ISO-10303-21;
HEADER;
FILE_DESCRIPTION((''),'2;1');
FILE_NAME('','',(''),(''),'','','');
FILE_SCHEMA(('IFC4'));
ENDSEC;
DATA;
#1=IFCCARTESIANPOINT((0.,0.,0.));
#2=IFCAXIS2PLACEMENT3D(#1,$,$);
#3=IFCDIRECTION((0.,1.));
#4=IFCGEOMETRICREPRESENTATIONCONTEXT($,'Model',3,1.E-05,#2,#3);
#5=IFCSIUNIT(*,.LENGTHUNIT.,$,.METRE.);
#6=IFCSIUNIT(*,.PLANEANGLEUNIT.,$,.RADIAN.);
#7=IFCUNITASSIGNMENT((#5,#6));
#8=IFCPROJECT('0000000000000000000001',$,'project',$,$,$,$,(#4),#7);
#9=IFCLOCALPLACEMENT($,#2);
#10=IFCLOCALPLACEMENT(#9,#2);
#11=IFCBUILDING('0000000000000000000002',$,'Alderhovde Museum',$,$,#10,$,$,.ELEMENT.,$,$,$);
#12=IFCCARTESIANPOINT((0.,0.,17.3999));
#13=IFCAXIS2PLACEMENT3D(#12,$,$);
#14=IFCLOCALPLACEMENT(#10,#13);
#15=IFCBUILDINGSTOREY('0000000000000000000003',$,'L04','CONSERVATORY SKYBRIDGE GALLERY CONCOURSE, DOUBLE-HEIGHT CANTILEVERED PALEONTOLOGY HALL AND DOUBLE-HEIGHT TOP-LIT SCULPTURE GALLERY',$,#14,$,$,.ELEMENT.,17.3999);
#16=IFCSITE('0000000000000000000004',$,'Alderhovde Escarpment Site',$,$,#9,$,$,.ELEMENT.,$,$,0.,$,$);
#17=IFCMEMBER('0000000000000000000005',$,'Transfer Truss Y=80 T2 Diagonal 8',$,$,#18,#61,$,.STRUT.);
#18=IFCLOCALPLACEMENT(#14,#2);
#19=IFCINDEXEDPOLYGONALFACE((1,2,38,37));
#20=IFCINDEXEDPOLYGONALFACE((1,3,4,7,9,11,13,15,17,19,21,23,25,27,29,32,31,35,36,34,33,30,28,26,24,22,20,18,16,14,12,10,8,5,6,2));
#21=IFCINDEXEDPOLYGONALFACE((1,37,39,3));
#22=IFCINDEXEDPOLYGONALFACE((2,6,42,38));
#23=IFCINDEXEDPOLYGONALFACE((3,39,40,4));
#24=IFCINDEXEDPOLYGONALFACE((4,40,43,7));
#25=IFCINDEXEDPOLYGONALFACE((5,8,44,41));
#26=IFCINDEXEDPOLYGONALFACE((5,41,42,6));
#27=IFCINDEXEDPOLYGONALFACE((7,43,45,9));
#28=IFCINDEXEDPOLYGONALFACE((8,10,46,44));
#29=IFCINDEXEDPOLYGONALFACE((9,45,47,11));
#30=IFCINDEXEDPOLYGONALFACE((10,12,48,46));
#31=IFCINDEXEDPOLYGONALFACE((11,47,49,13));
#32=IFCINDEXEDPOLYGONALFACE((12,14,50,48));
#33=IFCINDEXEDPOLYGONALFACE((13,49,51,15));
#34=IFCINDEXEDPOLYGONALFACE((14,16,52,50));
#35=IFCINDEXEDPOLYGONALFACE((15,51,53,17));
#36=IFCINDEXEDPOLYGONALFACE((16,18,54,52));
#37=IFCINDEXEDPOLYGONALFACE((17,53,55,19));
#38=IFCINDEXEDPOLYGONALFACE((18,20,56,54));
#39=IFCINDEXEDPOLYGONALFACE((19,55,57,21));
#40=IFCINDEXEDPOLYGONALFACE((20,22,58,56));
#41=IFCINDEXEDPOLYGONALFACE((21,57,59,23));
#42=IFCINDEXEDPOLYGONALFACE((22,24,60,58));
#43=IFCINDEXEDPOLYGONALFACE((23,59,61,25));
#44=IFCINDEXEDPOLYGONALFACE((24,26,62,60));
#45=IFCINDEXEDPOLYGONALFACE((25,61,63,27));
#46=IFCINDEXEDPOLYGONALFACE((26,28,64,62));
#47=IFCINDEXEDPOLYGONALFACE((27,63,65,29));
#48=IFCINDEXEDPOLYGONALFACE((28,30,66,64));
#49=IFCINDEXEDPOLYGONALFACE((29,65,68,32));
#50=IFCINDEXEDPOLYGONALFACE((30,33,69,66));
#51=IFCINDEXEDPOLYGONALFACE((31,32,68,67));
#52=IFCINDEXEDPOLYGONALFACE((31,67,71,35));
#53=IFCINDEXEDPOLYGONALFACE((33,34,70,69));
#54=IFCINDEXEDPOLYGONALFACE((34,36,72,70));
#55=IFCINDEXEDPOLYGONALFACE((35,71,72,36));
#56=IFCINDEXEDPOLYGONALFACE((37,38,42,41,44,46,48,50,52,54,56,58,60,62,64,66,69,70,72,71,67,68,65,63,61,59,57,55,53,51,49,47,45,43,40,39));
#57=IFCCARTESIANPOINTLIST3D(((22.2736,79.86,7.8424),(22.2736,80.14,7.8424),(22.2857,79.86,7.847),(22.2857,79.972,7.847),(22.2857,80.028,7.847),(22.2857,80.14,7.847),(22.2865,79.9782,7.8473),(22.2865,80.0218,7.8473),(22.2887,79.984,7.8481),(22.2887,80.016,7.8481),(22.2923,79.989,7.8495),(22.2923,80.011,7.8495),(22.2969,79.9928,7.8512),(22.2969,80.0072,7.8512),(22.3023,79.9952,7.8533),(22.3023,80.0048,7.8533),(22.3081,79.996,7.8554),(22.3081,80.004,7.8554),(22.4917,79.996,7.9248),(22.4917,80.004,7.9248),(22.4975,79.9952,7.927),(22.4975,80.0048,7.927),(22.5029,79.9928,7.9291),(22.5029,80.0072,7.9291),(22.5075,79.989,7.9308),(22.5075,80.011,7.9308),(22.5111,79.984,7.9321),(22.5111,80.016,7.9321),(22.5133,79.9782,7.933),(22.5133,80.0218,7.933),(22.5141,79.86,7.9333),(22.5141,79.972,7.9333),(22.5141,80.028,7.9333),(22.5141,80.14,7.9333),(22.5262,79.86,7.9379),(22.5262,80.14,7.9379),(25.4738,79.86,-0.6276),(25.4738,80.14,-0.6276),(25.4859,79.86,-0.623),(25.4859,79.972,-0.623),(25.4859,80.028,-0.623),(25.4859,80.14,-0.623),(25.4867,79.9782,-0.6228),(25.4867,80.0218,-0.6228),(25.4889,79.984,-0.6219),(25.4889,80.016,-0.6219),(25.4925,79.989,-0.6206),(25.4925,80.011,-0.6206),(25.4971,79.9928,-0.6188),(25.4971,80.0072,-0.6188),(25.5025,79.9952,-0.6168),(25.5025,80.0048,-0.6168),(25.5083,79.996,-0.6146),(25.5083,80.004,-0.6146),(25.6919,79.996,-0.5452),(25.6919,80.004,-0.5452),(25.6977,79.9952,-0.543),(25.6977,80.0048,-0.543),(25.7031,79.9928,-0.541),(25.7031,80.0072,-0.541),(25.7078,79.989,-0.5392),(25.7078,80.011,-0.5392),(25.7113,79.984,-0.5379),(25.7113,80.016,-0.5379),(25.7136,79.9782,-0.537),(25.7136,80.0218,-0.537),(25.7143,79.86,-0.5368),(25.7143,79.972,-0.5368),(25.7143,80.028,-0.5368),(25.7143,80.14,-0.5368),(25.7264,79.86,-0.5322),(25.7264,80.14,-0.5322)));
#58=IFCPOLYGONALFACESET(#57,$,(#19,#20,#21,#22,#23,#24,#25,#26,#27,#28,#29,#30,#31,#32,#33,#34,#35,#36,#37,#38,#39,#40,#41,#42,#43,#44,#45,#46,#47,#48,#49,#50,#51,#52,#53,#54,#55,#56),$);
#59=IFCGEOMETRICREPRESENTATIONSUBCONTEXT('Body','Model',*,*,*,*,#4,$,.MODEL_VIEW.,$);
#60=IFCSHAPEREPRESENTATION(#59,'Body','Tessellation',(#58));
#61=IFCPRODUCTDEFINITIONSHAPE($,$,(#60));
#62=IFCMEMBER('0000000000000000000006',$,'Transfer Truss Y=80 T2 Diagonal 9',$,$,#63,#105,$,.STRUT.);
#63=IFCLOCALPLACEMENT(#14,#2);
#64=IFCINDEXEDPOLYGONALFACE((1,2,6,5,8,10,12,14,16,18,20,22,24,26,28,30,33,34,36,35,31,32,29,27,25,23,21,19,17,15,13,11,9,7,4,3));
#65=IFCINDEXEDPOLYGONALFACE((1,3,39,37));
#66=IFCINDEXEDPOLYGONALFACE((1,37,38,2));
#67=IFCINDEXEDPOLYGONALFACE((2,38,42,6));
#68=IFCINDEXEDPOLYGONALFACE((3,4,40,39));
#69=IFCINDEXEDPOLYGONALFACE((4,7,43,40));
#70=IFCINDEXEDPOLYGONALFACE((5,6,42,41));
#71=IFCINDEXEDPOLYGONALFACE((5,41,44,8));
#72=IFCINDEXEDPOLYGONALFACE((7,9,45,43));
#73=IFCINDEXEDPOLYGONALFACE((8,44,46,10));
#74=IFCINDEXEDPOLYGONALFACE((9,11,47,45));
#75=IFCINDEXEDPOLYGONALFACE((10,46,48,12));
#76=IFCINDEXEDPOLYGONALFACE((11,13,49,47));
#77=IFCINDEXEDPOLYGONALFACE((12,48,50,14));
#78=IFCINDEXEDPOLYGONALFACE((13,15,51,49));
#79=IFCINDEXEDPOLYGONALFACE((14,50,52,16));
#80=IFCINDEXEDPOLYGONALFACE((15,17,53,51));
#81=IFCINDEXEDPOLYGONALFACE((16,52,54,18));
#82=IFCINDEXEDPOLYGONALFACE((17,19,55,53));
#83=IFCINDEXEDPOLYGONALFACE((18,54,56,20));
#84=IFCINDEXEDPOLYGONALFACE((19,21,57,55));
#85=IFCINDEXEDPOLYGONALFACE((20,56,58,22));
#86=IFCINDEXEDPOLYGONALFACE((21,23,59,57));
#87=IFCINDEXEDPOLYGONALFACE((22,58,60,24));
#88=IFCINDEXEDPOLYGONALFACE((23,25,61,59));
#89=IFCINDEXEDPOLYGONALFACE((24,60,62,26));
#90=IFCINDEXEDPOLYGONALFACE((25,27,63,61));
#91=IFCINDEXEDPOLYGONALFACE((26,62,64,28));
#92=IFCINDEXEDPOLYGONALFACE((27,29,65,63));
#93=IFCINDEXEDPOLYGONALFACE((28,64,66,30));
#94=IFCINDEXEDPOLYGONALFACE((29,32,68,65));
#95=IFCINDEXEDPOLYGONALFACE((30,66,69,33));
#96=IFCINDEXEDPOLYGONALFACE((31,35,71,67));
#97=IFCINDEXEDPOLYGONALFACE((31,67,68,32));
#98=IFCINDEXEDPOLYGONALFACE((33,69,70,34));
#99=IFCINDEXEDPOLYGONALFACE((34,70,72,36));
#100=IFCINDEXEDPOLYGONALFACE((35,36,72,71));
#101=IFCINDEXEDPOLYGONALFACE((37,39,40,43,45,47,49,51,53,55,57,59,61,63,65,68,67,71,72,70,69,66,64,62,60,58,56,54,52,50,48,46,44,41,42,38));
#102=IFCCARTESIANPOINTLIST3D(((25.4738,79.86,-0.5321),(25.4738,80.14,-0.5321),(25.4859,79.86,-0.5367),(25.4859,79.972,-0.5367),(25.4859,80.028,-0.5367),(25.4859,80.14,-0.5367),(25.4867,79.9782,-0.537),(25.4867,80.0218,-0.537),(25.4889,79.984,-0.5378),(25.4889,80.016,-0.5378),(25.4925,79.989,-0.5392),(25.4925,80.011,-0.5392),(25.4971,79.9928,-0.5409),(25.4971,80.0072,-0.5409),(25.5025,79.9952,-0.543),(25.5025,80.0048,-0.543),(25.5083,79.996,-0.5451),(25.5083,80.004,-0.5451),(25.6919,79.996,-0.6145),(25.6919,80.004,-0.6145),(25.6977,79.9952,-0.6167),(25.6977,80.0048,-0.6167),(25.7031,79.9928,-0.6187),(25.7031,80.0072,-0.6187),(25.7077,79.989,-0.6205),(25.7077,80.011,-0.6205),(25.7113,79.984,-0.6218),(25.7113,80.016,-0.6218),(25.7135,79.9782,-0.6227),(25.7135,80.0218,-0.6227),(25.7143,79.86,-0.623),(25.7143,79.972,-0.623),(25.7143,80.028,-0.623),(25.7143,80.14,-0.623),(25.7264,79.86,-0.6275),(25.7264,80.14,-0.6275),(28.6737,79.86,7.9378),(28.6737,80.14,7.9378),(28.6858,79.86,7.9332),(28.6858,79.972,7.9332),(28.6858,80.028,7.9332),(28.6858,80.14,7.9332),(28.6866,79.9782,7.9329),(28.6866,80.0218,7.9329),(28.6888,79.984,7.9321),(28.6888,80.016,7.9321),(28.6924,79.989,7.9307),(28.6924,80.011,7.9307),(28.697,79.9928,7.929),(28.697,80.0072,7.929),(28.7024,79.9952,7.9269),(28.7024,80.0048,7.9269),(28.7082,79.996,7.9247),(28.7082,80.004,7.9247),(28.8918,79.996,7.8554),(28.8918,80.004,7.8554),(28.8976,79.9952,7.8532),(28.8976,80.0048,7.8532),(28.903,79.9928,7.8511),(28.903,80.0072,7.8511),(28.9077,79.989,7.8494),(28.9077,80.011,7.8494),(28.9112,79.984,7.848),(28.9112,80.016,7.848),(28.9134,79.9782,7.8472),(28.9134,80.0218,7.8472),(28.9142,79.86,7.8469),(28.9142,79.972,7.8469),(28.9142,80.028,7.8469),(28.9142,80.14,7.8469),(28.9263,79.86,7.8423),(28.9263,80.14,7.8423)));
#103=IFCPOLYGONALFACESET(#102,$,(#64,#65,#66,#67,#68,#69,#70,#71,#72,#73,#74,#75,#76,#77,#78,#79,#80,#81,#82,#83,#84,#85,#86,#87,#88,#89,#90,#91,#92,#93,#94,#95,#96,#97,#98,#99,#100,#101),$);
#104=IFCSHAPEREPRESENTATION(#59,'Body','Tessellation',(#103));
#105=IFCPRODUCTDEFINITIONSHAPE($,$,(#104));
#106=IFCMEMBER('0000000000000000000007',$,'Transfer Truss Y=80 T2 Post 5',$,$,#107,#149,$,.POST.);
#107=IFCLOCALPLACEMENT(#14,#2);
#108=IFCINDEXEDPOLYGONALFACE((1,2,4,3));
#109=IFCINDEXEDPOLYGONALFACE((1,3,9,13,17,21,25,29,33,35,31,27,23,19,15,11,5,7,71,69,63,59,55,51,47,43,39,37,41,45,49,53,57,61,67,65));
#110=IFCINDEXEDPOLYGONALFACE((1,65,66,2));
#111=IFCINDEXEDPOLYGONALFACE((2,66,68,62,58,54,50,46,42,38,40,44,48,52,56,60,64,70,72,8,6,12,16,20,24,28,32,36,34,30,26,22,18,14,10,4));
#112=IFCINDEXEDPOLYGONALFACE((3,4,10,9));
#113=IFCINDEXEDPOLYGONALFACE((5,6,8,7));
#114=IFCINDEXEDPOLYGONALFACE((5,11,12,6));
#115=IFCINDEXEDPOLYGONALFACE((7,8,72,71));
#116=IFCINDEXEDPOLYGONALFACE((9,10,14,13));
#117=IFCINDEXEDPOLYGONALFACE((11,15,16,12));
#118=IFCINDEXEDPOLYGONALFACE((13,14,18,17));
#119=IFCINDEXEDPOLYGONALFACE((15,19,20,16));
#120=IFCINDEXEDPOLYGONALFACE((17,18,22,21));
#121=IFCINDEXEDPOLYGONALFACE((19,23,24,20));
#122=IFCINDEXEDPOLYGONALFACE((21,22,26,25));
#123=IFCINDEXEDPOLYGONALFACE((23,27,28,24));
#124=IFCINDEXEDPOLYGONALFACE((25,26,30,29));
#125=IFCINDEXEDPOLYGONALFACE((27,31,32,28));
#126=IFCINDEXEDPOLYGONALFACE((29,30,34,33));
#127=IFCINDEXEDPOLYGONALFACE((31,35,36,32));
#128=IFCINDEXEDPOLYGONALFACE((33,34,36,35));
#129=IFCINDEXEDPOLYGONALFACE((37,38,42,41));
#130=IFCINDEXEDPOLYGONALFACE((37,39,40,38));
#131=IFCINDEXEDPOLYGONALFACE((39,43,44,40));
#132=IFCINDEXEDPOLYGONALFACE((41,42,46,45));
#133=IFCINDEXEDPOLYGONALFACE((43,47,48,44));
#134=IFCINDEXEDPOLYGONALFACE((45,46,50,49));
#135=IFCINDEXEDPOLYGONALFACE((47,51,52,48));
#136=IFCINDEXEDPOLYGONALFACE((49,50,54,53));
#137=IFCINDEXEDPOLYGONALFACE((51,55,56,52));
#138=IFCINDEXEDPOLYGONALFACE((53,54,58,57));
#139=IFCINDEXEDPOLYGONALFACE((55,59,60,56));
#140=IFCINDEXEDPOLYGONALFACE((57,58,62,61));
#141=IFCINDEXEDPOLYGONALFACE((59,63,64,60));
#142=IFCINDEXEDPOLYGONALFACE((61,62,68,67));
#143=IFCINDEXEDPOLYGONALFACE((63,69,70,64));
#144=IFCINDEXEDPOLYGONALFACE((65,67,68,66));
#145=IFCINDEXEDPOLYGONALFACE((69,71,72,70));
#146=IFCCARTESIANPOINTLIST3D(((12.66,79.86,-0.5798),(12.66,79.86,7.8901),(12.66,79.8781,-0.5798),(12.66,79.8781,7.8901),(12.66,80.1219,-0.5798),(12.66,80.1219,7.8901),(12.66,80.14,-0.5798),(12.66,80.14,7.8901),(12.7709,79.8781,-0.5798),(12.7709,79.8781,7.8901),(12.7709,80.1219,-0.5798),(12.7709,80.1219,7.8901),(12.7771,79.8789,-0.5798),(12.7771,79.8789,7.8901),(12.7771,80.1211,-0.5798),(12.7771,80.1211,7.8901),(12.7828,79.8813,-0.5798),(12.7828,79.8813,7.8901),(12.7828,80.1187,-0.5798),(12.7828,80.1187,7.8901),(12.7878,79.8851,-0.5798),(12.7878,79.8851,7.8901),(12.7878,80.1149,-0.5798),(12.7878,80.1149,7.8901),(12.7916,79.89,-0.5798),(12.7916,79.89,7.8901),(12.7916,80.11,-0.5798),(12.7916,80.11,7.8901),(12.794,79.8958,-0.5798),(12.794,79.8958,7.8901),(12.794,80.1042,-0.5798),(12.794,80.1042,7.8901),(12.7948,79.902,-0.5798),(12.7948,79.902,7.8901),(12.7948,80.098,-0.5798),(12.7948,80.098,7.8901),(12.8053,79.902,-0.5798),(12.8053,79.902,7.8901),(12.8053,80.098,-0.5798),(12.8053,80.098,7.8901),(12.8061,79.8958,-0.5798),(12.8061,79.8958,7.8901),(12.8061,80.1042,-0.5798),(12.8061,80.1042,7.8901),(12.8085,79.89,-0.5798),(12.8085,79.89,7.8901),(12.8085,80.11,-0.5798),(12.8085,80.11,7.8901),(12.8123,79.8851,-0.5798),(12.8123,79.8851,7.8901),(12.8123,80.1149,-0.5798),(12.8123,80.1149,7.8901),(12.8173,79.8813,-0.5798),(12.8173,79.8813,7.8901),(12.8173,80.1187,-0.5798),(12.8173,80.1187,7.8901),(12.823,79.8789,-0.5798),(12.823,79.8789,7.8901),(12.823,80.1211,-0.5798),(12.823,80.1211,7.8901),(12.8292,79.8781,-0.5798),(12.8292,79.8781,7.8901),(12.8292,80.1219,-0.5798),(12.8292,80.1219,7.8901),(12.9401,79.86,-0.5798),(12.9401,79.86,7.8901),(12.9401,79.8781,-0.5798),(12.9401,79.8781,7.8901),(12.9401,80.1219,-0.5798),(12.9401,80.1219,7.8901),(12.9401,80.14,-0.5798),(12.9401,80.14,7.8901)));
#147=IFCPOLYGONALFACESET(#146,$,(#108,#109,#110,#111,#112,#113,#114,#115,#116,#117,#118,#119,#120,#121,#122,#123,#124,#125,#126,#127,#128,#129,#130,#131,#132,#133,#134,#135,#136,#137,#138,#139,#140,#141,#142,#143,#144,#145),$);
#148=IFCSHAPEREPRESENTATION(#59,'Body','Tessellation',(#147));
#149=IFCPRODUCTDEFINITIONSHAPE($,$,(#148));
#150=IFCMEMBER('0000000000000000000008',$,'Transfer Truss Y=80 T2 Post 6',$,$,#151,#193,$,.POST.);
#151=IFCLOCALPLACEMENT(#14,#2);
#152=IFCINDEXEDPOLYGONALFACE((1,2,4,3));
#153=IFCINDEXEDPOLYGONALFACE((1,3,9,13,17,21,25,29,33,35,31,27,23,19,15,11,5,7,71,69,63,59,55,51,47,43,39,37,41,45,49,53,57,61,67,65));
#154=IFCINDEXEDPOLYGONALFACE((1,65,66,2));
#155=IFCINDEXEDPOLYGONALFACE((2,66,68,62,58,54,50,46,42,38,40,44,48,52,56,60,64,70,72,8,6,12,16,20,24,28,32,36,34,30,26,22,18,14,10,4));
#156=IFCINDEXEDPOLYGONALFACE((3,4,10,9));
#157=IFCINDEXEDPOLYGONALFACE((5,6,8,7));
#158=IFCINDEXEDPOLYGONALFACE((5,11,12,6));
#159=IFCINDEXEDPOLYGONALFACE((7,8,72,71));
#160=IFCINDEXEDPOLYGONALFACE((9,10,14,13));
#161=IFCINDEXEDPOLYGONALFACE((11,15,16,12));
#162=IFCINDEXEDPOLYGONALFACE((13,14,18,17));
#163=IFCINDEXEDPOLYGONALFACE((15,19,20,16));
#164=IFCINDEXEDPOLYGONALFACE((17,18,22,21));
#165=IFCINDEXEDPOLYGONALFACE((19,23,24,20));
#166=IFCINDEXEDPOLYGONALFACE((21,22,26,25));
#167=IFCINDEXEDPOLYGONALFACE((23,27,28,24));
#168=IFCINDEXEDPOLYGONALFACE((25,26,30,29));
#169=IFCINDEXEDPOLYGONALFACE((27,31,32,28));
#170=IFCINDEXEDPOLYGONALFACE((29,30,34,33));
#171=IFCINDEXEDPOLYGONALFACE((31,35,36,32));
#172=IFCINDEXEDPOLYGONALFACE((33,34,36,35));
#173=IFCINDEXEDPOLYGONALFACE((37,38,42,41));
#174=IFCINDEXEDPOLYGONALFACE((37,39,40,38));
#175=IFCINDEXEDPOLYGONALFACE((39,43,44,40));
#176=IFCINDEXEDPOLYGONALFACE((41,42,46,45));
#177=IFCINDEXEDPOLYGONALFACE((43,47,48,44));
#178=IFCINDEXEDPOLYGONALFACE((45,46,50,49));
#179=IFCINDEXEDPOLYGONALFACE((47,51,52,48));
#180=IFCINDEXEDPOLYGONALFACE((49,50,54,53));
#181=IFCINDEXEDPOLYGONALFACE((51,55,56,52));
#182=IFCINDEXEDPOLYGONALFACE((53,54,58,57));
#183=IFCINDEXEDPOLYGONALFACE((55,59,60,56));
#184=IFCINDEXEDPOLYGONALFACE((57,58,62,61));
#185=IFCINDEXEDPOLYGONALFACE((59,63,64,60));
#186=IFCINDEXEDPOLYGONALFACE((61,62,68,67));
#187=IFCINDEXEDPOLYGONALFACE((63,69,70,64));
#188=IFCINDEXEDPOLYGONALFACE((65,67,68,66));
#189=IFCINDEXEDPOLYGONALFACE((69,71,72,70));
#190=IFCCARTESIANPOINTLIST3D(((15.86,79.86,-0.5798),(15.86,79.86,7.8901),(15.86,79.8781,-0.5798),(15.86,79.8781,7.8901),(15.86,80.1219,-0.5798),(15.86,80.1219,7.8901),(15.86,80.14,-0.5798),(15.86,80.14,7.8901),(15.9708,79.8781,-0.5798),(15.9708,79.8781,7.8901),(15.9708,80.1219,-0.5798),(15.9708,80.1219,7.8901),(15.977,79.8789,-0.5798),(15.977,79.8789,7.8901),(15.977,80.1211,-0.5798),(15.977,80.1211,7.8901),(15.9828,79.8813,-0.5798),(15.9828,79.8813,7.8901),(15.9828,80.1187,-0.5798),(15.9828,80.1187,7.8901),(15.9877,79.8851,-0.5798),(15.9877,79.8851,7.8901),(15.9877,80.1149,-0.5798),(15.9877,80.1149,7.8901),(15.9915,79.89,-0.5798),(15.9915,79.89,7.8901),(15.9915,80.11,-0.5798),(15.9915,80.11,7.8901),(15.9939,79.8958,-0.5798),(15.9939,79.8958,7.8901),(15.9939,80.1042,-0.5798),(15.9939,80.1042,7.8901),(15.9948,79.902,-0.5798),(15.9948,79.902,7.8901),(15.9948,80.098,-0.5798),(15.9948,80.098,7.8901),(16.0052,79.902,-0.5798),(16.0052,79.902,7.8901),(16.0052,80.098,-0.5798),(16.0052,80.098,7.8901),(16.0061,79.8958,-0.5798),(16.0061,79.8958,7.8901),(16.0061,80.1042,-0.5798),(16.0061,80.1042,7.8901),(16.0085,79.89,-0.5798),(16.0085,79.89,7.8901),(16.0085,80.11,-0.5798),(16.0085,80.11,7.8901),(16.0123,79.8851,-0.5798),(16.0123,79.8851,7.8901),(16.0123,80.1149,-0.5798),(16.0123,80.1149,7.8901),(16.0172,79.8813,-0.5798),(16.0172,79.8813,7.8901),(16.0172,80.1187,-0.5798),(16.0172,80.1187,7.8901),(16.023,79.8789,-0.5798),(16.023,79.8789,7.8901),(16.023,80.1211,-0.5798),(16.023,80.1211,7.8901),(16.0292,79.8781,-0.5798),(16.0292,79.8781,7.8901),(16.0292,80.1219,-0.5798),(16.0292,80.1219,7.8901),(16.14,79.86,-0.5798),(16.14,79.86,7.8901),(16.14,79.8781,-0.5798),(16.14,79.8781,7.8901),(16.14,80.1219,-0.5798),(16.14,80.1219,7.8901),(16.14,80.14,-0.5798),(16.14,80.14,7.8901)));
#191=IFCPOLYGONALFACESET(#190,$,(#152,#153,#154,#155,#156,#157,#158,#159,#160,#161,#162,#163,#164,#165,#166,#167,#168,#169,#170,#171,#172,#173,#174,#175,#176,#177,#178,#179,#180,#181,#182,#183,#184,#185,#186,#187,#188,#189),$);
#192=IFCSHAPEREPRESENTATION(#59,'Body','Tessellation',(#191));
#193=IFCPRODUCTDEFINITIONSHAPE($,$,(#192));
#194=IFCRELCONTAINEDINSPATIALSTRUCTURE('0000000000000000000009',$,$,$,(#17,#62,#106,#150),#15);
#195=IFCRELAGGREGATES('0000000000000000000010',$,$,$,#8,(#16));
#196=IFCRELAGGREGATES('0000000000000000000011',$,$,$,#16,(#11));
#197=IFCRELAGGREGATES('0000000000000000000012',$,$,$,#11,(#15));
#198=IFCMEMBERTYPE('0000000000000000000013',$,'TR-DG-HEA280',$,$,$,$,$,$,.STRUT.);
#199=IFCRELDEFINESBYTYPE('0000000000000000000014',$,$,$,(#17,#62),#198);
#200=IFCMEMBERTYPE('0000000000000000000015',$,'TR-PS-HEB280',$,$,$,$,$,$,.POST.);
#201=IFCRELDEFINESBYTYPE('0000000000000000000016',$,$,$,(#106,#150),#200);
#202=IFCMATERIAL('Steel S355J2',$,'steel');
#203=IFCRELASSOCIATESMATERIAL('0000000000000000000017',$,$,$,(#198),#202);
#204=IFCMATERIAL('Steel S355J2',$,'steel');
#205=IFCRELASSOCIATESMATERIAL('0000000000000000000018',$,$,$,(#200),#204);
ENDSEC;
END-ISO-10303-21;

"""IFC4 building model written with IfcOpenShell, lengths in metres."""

from ifc_helpers import new_model, si_unit, direction, frame, origin, origin_2d, place, context, subcontext, project, spatial, i_section, extrude, material, material_profile, profile_set, type_object, element, save


model = new_model("IFC4")

# Units and contexts
model_context = context("Model", 3, precision=1e-05, world=origin(), true_north=direction((0.0, 1.0)))
body_context = subcontext(model_context, "Body", "Model", "MODEL_VIEW")
ifc_project = project(units=[si_unit("LENGTHUNIT", "METRE"), si_unit("PLANEANGLEUNIT", "RADIAN")], contexts=[model_context])

# Site, building, storey
site_placement = place(None, origin())
site = spatial("IfcSite", under=ifc_project, at=site_placement, Name="Alderhovde Escarpment Site", CompositionType="ELEMENT", RefElevation=0.0)
building_placement = place(site_placement, origin())
building = spatial("IfcBuilding", under=site, at=building_placement, Name="Alderhovde Museum", CompositionType="ELEMENT")
storey_placement = place(building_placement, frame((0.0, 0.0, 17.3999)))
storey = spatial("IfcBuildingStorey", under=building, at=storey_placement, Name="L04", Description="CONSERVATORY SKYBRIDGE GALLERY CONCOURSE, DOUBLE-HEIGHT CANTILEVERED PALEONTOLOGY HALL AND DOUBLE-HEIGHT TOP-LIT SCULPTURE GALLERY", CompositionType="ELEMENT", Elevation=17.3999)

# Members
ifc_material_1 = material(Name="Steel S355J2", Category="steel")
ifc_material_profile_1 = material_profile(ifc_material_1, i_section(OverallWidth=0.28, OverallDepth=0.27, WebThickness=0.0081, FlangeThickness=0.0129, FilletRadius=0.0239, at=origin_2d()), Name="HEA 280")
ifc_profile_set_1 = profile_set([ifc_material_profile_1], Name="Steel S355J2")
member_type_1 = type_object("IfcMemberType", Name="TR-DG-HEA280", PredefinedType="STRUT", material=ifc_profile_set_1)
member_1_placement = place(storey_placement, frame((22.3999, 80.0, 7.8901), z_axis=(0.353442, 0.0, -0.935456), x_axis=(0.0, 1.0, 0.0)))
element("IfcMember", 1, at=member_1_placement, inside=storey, type_object=member_type_1, Name="Transfer Truss Y=80 T2 Diagonal 8", PredefinedType="STRUT", context=body_context, shape_type="SweptSolid", body=[
    extrude(i_section(OverallWidth=0.28, OverallDepth=0.27, WebThickness=0.0081, FlangeThickness=0.0129, FilletRadius=0.0239, at=origin_2d()), origin(), (0.0, 0.0, 1.0), 9.0544),
])
member_2_placement = place(storey_placement, frame((25.6001, 80.0, -0.5798), z_axis=(0.353418, 0.0, 0.935465), x_axis=(0.0, 1.0, 0.0)))
element("IfcMember", 2, at=member_2_placement, inside=storey, type_object=member_type_1, Name="Transfer Truss Y=80 T2 Diagonal 9", PredefinedType="STRUT", context=body_context, shape_type="SweptSolid", body=[
    extrude(i_section(OverallWidth=0.28, OverallDepth=0.27, WebThickness=0.0081, FlangeThickness=0.0129, FilletRadius=0.0239, at=origin_2d()), origin(), (0.0, 0.0, 1.0), 9.0542),
])
ifc_material_2 = material(Name="Steel S355J2", Category="steel")
ifc_material_profile_2 = material_profile(ifc_material_2, i_section(OverallWidth=0.28, OverallDepth=0.28, WebThickness=0.0105, FlangeThickness=0.0181, FilletRadius=0.0239, at=origin_2d()), Name="HEB 280")
ifc_profile_set_2 = profile_set([ifc_material_profile_2], Name="Steel S355J2")
member_type_2 = type_object("IfcMemberType", Name="TR-PS-HEB280", PredefinedType="POST", material=ifc_profile_set_2)
for number, where, z_axis, x_axis, name in (
    (3, (12.8, 80.0, -0.5798), (0.0, 0.0, 1.0), (1.0, 0.0, 0.0), "Transfer Truss Y=80 T2 Post 5"),
    (4, (16.0, 80.0, -0.5798), (0.0, 0.0, 1.0), (1.0, 0.0, 0.0), "Transfer Truss Y=80 T2 Post 6"),
):
    element("IfcMember", number, at=place(storey_placement, frame(where, z_axis=z_axis, x_axis=x_axis)), inside=storey, type_object=member_type_2, Name=name, PredefinedType="POST", context=body_context, shape_type="SweptSolid", body=[
        extrude(i_section(OverallWidth=0.28, OverallDepth=0.28, WebThickness=0.0105, FlangeThickness=0.0181, FilletRadius=0.0239, at=origin_2d()), origin(), (0.0, 0.0, 1.0), 8.47),
    ])

save(model, "model.ifc")
